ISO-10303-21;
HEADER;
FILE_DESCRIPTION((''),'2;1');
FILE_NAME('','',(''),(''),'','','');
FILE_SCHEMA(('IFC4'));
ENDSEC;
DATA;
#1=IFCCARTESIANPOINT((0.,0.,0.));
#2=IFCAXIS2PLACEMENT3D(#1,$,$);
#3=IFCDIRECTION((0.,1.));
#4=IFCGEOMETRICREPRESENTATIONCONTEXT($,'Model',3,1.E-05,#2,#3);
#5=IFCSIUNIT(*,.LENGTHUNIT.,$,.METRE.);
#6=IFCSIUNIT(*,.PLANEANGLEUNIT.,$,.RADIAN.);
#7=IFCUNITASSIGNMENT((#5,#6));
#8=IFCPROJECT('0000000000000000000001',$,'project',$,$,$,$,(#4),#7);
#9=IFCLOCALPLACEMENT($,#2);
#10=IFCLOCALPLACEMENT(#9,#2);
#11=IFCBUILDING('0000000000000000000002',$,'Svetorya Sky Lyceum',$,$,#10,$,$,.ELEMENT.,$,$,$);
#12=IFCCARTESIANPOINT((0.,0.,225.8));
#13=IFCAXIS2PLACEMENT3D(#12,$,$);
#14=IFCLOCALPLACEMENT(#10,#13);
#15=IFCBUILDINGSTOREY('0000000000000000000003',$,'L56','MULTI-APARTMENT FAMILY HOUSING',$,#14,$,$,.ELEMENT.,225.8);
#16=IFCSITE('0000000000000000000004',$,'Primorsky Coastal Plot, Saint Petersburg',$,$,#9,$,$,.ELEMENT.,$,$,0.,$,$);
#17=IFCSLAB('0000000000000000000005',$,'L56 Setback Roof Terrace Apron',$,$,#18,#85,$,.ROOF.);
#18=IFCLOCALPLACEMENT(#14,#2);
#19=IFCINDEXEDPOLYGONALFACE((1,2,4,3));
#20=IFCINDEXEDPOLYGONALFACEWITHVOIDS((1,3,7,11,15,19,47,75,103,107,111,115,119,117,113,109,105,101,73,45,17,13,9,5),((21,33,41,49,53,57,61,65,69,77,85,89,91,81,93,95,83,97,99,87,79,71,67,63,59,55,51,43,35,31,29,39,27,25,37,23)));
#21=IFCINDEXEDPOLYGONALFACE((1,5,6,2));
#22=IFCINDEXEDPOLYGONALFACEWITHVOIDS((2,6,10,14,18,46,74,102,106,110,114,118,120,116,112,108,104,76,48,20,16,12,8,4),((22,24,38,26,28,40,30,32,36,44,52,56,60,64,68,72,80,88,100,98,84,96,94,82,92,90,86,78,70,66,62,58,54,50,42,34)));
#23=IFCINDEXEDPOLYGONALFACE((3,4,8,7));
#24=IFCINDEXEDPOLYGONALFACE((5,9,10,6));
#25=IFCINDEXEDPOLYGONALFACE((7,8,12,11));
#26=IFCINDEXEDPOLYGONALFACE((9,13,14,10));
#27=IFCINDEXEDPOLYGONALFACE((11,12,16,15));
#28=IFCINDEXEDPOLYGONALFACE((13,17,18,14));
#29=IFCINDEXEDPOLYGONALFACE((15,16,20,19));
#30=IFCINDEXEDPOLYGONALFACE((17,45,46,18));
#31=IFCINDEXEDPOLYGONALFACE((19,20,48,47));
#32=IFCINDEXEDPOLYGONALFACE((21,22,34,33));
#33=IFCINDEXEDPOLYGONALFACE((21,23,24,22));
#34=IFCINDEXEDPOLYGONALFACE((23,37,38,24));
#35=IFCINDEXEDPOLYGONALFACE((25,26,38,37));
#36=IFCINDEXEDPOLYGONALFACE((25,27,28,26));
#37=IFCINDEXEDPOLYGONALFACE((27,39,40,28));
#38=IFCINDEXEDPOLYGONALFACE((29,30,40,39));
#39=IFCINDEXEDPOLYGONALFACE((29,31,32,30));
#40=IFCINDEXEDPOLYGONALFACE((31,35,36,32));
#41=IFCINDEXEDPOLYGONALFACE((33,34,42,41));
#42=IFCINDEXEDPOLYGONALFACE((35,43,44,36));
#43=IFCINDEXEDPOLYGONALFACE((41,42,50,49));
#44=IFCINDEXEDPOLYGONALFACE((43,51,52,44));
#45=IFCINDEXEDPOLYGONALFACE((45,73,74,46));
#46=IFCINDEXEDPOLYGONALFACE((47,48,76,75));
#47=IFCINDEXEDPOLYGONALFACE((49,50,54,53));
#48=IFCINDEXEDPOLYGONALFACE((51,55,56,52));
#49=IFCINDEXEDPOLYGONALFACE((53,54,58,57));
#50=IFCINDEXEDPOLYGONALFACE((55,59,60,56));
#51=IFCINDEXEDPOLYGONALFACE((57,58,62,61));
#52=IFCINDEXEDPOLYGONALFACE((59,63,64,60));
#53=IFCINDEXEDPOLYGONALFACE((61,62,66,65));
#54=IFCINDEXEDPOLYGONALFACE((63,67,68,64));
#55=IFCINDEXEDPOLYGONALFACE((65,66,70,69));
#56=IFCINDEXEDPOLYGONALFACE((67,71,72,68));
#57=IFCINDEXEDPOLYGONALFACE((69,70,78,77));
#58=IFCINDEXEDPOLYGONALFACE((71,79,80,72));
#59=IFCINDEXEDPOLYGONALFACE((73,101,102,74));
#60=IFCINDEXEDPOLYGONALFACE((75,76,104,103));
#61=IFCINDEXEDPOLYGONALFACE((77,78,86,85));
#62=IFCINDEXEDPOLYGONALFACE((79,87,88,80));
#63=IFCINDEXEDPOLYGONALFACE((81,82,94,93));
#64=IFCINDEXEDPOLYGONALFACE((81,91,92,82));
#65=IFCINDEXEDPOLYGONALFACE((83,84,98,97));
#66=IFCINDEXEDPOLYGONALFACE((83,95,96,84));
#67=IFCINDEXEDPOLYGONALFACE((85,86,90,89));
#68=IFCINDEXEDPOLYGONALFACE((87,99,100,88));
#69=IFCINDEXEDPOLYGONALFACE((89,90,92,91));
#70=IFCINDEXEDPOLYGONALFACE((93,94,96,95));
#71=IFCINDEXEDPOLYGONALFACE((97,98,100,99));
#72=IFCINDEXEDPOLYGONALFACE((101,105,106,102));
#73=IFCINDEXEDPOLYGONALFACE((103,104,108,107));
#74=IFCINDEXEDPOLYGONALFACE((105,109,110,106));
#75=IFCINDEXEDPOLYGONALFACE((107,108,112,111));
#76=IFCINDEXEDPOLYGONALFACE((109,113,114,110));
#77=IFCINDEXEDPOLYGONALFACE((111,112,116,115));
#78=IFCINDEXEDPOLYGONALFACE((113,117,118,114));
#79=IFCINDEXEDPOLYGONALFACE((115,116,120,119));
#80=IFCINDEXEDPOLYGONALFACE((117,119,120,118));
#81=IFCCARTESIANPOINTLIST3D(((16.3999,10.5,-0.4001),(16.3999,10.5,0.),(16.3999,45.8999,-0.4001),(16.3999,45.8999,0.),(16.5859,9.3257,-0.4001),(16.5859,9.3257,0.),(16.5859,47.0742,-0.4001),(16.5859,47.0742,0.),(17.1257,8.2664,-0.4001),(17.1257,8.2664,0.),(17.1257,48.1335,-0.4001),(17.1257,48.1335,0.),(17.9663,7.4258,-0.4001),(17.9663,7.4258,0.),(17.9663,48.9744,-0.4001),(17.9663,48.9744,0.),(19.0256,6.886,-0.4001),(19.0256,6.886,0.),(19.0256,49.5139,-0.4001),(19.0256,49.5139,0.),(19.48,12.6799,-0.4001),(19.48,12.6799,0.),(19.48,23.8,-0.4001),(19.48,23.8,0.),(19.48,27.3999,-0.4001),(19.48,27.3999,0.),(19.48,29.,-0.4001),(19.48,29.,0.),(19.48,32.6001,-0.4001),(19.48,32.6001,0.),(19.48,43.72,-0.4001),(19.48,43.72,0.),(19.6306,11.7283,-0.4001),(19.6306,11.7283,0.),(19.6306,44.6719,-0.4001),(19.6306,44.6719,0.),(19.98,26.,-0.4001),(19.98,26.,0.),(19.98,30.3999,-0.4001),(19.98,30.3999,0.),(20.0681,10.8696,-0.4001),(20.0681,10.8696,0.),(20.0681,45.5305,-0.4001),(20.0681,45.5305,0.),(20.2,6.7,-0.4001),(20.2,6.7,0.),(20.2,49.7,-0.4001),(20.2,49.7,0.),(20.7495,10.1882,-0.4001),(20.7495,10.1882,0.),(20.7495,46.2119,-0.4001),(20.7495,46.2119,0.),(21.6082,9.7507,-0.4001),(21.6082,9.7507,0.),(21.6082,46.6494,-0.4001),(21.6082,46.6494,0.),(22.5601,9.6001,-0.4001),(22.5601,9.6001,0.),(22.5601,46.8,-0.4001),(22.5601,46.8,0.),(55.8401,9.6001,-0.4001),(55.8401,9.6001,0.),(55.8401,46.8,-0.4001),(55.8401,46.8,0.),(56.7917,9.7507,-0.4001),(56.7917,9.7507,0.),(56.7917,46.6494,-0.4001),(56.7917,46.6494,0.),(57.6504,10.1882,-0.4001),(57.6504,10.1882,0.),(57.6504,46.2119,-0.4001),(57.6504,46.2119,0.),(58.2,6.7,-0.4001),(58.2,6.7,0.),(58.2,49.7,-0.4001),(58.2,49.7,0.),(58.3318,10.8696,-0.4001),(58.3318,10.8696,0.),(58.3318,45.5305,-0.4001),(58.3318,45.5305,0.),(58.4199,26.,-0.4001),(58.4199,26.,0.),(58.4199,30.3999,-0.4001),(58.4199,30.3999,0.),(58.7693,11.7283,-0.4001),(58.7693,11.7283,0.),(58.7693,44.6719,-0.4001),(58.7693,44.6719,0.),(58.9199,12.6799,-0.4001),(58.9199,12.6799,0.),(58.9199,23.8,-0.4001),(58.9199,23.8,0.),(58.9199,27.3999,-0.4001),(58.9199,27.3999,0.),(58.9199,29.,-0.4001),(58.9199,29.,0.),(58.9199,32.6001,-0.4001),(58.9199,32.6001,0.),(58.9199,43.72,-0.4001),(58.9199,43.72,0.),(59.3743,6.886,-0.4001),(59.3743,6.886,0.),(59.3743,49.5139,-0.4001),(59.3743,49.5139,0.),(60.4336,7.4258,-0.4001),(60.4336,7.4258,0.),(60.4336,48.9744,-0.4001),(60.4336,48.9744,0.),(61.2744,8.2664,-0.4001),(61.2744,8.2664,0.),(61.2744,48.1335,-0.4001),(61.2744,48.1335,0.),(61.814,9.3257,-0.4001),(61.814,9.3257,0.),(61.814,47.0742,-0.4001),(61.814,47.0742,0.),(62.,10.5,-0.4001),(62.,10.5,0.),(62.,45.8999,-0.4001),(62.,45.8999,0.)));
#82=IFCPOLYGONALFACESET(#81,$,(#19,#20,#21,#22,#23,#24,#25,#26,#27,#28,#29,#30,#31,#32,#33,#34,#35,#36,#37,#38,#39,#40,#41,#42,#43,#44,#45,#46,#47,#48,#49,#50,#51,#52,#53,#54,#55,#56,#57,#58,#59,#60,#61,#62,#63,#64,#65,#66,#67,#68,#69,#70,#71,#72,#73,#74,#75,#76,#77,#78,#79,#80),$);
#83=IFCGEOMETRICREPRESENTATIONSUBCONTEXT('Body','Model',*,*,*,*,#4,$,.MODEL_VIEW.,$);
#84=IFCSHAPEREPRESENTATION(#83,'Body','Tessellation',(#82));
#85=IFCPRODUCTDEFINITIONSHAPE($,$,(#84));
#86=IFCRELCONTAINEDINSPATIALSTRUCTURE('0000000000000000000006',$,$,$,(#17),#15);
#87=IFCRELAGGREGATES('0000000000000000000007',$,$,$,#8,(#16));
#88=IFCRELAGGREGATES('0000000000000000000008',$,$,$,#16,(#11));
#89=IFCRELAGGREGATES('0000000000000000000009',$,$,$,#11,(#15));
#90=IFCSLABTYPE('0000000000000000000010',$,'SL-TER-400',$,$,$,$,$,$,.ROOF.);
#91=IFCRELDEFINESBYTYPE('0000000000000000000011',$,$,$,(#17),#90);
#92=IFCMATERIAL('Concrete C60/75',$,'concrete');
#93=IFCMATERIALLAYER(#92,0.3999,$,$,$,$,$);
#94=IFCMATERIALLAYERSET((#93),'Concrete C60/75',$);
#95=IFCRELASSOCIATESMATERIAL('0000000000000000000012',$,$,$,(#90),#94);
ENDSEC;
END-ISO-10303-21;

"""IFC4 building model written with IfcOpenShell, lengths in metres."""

from ifc_helpers import new_model, si_unit, direction, frame, origin, place, context, subcontext, project, spatial, polyline, outline, extrude, material, layer, layer_set, type_object, element, save


model = new_model("IFC4")

# Units and contexts
model_context = context("Model", 3, precision=1e-05, world=origin(), true_north=direction((0.0, 1.0)))
body_context = subcontext(model_context, "Body", "Model", "MODEL_VIEW")
ifc_project = project(units=[si_unit("LENGTHUNIT", "METRE"), si_unit("PLANEANGLEUNIT", "RADIAN")], contexts=[model_context])

# Site, building, storey
site_placement = place(None, origin())
site = spatial("IfcSite", under=ifc_project, at=site_placement, Name="Primorsky Coastal Plot, Saint Petersburg", CompositionType="ELEMENT", RefElevation=0.0)
building_placement = place(site_placement, origin())
building = spatial("IfcBuilding", under=site, at=building_placement, Name="Svetorya Sky Lyceum", CompositionType="ELEMENT")
storey_placement = place(building_placement, frame((0.0, 0.0, 225.8)))
storey = spatial("IfcBuildingStorey", under=building, at=storey_placement, Name="L56", Description="MULTI-APARTMENT FAMILY HOUSING", CompositionType="ELEMENT", Elevation=225.8)

# Slab
ifc_material_1 = material(Name="Concrete C60/75", Category="concrete")
ifc_layer_1 = layer(ifc_material_1, 0.3999)
ifc_layer_set_1 = layer_set([ifc_layer_1], Name="Concrete C60/75")
slab_type_1 = type_object("IfcSlabType", Name="SL-TER-400", PredefinedType="ROOF", material=ifc_layer_set_1)
slab_1_placement = place(storey_placement, frame((0.0, 0.0, -0.4001)))
element("IfcSlab", 1, at=slab_1_placement, inside=storey, type_object=slab_type_1, Name="L56 Setback Roof Terrace Apron", PredefinedType="ROOF", context=body_context, shape_type="SweptSolid", body=[
    extrude(outline(polyline([(16.3999, 10.5), (16.5859, 9.3257), (17.1257, 8.2664), (17.9663, 7.4258), (19.0256, 6.886), (20.2, 6.7), (58.2, 6.7), (59.3743, 6.886), (60.4336, 7.4258), (61.2744, 8.2664), (61.814, 9.3257), (62.0, 10.5), (62.0, 45.8999), (61.814, 47.0742), (61.2744, 48.1335), (60.4336, 48.9744), (59.3743, 49.5139), (58.2, 49.7), (20.2, 49.7), (19.0256, 49.5139), (17.9663, 48.9744), (17.1257, 48.1335), (16.5859, 47.0742), (16.3999, 45.8999), (16.3999, 10.5)]), holes=[polyline([(19.48, 12.6799), (19.6306, 11.7283), (20.0681, 10.8696), (20.7495, 10.1882), (21.6082, 9.7507), (22.5601, 9.6001), (55.8401, 9.6001), (56.7917, 9.7507), (57.6504, 10.1882), (58.3318, 10.8696), (58.7693, 11.7283), (58.9199, 12.6799), (58.9199, 23.8), (58.4199, 26.0), (58.9199, 27.3999), (58.9199, 29.0), (58.4199, 30.3999), (58.9199, 32.6001), (58.9199, 43.72), (58.7693, 44.6719), (58.3318, 45.5305), (57.6504, 46.2119), (56.7917, 46.6494), (55.8401, 46.8), (22.5601, 46.8), (21.6082, 46.6494), (20.7495, 46.2119), (20.0681, 45.5305), (19.6306, 44.6719), (19.48, 43.72), (19.48, 32.6001), (19.98, 30.3999), (19.48, 29.0), (19.48, 27.3999), (19.98, 26.0), (19.48, 23.8), (19.48, 12.6799)])]), origin(), (0.0, 0.0, 1.0), 0.4001),
])

save(model, "model.ifc")
